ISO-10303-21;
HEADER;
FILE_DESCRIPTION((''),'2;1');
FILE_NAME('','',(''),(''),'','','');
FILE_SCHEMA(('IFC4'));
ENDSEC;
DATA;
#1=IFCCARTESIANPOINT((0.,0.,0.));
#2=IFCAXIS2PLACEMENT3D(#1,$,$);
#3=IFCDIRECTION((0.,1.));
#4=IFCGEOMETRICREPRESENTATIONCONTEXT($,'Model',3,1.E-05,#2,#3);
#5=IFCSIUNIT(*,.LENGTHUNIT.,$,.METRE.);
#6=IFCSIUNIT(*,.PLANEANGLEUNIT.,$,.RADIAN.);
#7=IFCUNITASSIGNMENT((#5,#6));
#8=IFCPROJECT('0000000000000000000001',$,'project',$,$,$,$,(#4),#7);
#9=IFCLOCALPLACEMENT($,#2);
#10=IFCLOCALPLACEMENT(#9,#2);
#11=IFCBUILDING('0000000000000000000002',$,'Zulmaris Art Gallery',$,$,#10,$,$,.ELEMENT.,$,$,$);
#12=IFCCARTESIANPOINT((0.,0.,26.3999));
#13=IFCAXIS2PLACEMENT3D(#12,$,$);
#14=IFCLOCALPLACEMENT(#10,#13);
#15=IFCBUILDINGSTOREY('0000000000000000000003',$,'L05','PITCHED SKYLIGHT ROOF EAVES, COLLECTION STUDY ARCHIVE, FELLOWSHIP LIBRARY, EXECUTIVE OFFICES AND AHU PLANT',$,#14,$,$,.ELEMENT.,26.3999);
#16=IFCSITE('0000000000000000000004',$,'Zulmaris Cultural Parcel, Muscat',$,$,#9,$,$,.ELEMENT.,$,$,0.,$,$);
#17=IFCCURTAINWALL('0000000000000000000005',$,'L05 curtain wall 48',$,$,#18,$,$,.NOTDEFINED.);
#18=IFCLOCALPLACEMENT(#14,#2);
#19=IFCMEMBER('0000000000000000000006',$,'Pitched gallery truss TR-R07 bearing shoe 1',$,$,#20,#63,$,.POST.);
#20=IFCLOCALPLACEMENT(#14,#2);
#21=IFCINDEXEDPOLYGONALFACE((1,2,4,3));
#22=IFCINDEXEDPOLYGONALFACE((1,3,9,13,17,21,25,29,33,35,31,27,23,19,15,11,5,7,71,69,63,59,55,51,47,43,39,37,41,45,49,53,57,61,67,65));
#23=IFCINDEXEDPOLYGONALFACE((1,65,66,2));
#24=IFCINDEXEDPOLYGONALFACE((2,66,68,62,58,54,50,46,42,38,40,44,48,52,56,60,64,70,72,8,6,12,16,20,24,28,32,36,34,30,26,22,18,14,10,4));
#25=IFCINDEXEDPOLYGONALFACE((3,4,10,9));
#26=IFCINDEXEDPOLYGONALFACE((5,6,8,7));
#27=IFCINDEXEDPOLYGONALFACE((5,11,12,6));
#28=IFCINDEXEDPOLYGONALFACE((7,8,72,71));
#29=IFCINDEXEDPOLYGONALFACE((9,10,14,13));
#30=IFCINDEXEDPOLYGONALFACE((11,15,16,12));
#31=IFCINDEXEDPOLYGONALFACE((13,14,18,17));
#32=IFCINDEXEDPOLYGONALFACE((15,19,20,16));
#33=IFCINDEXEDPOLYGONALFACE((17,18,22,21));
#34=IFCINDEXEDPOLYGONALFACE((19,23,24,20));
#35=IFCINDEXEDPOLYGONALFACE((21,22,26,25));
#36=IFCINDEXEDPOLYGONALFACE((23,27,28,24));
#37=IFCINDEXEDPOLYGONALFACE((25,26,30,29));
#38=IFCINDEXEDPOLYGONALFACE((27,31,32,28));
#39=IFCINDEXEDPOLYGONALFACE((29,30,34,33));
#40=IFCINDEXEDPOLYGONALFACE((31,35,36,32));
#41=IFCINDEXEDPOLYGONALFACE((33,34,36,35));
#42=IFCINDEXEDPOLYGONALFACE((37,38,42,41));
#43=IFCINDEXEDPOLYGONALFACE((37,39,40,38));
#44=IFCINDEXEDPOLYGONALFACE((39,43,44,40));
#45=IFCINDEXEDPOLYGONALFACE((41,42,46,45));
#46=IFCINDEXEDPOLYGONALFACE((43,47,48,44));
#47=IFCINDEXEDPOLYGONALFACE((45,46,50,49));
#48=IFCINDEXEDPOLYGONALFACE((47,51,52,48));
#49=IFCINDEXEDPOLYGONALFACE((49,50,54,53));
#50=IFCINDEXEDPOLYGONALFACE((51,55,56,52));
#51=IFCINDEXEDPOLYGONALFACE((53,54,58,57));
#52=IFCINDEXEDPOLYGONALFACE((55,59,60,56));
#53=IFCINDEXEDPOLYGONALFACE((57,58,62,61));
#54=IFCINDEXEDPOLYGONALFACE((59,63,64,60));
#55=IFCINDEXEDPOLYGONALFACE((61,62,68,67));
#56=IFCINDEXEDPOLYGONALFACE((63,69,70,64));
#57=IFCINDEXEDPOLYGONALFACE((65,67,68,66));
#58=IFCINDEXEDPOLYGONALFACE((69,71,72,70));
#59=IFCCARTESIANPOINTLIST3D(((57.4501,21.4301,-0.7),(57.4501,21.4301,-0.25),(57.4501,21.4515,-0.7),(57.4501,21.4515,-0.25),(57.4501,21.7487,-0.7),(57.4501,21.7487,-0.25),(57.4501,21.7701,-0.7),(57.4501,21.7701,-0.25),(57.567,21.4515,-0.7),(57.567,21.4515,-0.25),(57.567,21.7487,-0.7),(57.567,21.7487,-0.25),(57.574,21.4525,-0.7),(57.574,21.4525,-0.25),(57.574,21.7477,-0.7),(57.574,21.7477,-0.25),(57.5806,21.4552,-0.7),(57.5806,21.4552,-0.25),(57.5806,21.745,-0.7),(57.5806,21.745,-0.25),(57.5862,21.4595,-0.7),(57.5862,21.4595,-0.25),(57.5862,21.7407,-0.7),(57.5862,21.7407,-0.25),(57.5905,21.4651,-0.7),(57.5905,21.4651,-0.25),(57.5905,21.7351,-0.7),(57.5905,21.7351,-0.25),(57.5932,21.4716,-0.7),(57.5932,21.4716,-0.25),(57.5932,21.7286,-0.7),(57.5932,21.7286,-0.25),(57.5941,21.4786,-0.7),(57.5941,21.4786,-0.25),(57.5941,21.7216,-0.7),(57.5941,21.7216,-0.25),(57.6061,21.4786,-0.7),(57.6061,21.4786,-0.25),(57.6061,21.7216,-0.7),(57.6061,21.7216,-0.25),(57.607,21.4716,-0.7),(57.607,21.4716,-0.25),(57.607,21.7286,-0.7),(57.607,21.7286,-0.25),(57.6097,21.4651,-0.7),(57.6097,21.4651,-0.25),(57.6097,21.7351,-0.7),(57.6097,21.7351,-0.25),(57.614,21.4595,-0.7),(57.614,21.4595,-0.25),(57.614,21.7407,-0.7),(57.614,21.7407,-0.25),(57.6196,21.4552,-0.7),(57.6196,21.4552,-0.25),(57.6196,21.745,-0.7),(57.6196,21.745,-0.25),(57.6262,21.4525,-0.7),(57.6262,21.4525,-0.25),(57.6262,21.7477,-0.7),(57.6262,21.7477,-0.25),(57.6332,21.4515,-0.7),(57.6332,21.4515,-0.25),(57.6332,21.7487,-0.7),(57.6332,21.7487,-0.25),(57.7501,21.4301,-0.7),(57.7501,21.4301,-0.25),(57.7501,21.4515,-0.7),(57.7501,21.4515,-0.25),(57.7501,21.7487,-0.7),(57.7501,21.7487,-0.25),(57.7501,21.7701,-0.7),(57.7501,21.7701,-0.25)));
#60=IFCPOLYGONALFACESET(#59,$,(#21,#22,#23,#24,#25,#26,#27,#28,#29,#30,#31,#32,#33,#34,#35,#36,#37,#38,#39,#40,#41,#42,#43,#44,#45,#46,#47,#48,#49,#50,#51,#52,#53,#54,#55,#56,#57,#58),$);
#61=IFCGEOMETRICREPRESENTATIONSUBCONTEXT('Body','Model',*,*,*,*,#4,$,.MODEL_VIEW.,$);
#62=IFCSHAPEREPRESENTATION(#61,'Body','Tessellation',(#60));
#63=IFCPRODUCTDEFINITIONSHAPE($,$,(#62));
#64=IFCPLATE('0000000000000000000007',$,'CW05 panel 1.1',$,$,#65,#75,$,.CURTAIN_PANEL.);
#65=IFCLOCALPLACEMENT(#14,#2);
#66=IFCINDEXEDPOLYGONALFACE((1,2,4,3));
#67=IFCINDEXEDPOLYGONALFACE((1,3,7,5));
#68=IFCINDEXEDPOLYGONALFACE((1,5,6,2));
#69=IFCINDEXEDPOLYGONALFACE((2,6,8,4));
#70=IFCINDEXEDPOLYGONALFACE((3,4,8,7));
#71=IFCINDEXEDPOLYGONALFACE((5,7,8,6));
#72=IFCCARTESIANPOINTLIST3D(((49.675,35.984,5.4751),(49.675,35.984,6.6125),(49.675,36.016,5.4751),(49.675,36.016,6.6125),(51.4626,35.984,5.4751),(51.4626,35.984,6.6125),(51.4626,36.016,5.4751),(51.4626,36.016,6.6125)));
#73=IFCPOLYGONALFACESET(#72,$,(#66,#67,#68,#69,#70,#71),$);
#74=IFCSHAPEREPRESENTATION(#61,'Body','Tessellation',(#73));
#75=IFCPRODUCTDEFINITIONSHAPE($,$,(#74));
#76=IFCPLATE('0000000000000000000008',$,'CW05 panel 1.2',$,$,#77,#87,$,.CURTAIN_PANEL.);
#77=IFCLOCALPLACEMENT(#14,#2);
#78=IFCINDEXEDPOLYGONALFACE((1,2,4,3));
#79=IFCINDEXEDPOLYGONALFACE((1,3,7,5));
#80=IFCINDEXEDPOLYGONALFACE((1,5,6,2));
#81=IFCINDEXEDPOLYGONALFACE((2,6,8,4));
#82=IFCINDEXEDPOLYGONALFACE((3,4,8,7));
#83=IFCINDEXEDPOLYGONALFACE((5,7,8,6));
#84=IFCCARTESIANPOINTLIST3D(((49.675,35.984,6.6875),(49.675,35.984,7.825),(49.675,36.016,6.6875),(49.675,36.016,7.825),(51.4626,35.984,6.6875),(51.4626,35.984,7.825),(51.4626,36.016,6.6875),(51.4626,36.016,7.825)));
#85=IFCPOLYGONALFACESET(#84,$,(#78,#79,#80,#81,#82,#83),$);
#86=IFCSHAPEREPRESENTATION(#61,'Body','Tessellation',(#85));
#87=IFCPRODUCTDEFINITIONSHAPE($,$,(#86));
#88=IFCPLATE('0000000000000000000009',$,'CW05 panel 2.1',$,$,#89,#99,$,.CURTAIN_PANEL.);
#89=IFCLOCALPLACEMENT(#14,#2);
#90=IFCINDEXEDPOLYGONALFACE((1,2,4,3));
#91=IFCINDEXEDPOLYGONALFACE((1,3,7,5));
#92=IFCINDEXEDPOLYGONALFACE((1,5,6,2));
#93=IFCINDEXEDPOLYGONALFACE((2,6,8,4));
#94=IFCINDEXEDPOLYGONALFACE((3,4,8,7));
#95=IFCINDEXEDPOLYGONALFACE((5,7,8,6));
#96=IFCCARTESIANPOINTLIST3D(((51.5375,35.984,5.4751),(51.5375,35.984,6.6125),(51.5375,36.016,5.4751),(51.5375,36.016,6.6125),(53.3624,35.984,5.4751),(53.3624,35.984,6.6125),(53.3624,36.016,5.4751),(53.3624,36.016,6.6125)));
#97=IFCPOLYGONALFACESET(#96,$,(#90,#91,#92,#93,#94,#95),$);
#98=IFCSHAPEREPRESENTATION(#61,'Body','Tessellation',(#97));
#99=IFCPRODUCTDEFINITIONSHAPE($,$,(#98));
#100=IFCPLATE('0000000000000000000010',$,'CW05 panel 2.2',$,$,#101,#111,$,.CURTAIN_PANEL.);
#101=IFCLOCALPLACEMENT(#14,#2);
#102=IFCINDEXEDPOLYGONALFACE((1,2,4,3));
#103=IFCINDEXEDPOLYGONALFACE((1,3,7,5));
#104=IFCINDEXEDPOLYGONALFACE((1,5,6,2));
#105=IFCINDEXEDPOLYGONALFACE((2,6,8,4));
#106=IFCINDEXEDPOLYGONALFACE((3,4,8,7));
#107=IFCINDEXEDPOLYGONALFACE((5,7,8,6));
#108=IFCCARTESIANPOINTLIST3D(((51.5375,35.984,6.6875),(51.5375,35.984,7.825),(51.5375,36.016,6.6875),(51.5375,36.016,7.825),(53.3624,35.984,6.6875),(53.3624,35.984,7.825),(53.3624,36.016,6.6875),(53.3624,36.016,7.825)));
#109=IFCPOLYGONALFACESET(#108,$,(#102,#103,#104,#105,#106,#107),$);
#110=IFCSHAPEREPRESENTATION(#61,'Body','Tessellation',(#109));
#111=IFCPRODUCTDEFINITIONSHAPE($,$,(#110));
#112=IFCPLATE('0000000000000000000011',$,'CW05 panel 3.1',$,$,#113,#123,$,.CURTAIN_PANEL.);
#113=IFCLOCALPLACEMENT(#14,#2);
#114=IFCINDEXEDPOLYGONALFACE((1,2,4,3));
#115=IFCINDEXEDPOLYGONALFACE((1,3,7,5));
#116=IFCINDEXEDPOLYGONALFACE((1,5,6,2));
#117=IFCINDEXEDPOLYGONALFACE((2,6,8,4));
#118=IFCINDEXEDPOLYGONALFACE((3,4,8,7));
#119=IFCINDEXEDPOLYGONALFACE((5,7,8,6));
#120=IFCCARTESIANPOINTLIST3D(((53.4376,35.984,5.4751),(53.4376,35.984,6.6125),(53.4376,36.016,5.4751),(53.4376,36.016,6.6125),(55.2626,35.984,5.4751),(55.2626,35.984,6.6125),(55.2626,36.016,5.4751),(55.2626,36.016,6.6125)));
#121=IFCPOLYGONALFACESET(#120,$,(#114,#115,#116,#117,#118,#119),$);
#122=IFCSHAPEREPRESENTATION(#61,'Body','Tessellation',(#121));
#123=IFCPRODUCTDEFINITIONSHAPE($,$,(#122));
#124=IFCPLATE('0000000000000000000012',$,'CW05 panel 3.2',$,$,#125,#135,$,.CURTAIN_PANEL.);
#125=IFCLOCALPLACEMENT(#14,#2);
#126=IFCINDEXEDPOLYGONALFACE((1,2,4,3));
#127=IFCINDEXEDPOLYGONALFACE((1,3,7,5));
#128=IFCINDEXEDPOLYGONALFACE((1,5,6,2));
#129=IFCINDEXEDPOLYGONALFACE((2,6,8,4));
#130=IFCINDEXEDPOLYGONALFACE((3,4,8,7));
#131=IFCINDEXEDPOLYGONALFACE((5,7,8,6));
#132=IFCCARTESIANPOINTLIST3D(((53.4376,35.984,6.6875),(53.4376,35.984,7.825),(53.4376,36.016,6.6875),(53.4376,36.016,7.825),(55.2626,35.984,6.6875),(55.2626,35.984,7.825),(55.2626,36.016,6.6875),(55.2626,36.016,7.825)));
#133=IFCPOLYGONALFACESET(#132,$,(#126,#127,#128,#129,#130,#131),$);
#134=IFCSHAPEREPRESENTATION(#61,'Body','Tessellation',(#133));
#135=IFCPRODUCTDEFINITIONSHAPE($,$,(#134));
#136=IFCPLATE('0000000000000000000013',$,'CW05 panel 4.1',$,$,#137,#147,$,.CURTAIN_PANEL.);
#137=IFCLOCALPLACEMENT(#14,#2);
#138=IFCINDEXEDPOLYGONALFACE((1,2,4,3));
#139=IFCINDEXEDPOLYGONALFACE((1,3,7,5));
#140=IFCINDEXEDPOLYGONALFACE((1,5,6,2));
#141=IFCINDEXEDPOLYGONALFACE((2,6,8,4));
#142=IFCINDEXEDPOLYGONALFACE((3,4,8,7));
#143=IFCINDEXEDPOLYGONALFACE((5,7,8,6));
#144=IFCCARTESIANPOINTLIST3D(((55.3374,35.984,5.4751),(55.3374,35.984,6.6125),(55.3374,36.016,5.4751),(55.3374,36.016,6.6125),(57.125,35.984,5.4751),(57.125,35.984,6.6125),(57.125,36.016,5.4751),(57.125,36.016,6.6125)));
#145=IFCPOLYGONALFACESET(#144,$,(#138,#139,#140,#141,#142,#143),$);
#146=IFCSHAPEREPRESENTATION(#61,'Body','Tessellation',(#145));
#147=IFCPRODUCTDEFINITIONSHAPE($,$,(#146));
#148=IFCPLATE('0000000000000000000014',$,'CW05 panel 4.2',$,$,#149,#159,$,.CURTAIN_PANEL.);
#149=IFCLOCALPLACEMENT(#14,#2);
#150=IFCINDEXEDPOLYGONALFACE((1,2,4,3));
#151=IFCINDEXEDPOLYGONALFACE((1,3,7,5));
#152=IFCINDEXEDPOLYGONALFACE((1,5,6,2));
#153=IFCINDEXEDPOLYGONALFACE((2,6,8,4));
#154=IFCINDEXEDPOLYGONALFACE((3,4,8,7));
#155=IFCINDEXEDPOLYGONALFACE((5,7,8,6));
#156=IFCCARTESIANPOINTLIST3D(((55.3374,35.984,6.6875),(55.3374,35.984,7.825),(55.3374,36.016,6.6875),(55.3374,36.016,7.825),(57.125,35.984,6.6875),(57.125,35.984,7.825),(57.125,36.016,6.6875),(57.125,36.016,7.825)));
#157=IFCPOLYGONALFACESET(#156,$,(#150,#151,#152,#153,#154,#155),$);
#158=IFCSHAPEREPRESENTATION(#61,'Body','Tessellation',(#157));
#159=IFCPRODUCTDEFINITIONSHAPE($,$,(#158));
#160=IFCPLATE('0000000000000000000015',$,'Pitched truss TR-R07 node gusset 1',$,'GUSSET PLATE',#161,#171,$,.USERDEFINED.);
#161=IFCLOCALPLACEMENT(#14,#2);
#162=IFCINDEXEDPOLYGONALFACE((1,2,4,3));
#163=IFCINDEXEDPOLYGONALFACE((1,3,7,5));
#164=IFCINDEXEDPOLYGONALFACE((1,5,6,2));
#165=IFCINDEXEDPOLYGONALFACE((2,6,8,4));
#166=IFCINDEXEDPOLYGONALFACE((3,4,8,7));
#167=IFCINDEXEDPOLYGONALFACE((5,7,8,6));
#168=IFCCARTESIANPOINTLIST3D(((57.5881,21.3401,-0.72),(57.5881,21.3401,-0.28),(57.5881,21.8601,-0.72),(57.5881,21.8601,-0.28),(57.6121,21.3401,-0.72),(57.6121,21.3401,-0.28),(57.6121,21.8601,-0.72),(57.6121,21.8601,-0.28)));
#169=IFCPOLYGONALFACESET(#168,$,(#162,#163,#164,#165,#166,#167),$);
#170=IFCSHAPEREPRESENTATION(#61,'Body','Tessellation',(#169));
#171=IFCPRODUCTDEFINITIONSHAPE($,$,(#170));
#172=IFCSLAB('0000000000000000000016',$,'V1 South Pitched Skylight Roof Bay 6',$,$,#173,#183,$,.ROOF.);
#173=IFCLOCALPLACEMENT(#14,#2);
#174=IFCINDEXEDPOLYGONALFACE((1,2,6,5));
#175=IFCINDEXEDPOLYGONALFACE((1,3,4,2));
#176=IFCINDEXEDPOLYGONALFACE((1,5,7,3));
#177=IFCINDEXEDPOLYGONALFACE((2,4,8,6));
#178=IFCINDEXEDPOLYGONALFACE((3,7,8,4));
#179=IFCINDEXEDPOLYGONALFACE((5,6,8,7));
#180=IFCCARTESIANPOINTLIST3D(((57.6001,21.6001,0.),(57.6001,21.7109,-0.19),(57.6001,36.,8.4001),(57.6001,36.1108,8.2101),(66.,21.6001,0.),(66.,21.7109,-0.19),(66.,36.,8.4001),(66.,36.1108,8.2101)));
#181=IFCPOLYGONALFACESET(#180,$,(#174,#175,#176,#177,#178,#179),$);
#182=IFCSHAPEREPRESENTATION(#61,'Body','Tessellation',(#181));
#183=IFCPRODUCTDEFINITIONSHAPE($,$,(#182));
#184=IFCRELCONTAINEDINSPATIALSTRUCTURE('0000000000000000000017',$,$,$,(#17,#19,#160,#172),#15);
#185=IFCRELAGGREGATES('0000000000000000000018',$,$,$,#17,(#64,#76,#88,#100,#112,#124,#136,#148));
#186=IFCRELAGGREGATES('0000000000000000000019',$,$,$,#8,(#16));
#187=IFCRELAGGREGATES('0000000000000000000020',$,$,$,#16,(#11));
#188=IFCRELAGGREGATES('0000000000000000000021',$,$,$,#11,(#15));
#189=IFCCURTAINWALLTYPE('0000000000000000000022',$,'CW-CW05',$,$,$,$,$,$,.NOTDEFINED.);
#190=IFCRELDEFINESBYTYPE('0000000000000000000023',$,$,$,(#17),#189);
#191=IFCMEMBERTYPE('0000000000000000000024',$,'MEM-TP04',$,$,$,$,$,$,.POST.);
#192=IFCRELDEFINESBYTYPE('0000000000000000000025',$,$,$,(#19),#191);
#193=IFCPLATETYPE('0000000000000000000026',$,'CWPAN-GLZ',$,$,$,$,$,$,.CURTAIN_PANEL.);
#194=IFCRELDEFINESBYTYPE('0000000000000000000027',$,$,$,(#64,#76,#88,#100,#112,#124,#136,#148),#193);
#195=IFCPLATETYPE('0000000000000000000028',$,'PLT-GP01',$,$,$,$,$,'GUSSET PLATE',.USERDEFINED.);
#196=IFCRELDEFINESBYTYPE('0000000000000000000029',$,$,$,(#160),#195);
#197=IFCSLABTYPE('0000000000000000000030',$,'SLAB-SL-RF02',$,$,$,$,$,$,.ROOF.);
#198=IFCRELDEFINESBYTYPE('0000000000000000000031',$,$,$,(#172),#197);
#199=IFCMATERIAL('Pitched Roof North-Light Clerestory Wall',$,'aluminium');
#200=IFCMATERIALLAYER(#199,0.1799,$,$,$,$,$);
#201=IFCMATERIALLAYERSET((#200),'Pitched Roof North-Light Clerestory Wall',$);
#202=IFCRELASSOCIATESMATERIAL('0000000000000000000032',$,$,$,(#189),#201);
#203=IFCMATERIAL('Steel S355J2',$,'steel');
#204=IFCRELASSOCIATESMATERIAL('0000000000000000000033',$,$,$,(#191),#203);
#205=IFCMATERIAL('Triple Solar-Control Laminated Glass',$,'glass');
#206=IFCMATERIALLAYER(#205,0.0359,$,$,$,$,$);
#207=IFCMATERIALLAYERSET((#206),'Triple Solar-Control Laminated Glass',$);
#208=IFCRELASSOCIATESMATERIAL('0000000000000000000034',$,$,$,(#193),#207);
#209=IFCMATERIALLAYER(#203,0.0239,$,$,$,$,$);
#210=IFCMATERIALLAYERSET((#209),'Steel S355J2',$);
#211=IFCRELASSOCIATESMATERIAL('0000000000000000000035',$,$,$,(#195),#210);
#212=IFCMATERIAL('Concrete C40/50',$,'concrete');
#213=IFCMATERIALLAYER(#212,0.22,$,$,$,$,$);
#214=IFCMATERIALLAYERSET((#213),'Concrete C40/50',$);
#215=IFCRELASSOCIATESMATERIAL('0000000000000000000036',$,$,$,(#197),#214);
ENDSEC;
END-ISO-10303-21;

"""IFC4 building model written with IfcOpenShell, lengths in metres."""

from ifc_helpers import new_model, si_unit, direction, frame, origin, origin_2d, place, context, subcontext, project, spatial, polyline, rectangle, i_section, outline, extrude, material, layer, layer_set, material_profile, profile_set, type_object, element, aggregate, save


model = new_model("IFC4")

# Units and contexts
model_context = context("Model", 3, precision=1e-05, world=origin(), true_north=direction((0.0, 1.0)))
body_context = subcontext(model_context, "Body", "Model", "MODEL_VIEW")
ifc_project = project(units=[si_unit("LENGTHUNIT", "METRE"), si_unit("PLANEANGLEUNIT", "RADIAN")], contexts=[model_context])

# Site, building, storey
site_placement = place(None, origin())
site = spatial("IfcSite", under=ifc_project, at=site_placement, Name="Zulmaris Cultural Parcel, Muscat", CompositionType="ELEMENT", RefElevation=0.0)
building_placement = place(site_placement, origin())
building = spatial("IfcBuilding", under=site, at=building_placement, Name="Zulmaris Art Gallery", CompositionType="ELEMENT")
storey_placement = place(building_placement, frame((0.0, 0.0, 26.3999)))
storey = spatial("IfcBuildingStorey", under=building, at=storey_placement, Name="L05", Description="PITCHED SKYLIGHT ROOF EAVES, COLLECTION STUDY ARCHIVE, FELLOWSHIP LIBRARY, EXECUTIVE OFFICES AND AHU PLANT", CompositionType="ELEMENT", Elevation=26.3999)

# Curtain wall
ifc_material_1 = material(Name="Pitched Roof North-Light Clerestory Wall", Category="aluminium")
ifc_layer_1 = layer(ifc_material_1, 0.1799)
ifc_layer_set_1 = layer_set([ifc_layer_1], Name="Pitched Roof North-Light Clerestory Wall")
curtain_wall_type = type_object("IfcCurtainWallType", Name="CW-CW05", PredefinedType="NOTDEFINED", material=ifc_layer_set_1)
curtain_wall_placement = place(storey_placement, origin())
curtain_wall = element("IfcCurtainWall", 1, at=curtain_wall_placement, inside=storey, type_object=curtain_wall_type, Name="L05 curtain wall 48", PredefinedType="NOTDEFINED")

# Member
ifc_material_2 = material(Name="Steel S355J2", Category="steel")
ifc_material_profile_1 = material_profile(ifc_material_2, i_section(OverallWidth=0.3, OverallDepth=0.3401, WebThickness=0.012, FlangeThickness=0.0215, FilletRadius=0.0271, at=origin_2d()), Name="HEB 340")
ifc_profile_set_1 = profile_set([ifc_material_profile_1], Name="Steel S355J2")
member_type_1 = type_object("IfcMemberType", Name="MEM-TP04", PredefinedType="POST", material=ifc_profile_set_1)
member_1_placement = place(storey_placement, frame((57.6001, 21.6001, -0.7), z_axis=(0.0, 0.0, 1.0), x_axis=(1.0, 0.0, 0.0)))
element("IfcMember", 2, at=member_1_placement, inside=storey, type_object=member_type_1, Name="Pitched gallery truss TR-R07 bearing shoe 1", PredefinedType="POST", context=body_context, shape_type="SweptSolid", body=[
    extrude(i_section(OverallWidth=0.3, OverallDepth=0.3401, WebThickness=0.012, FlangeThickness=0.0215, FilletRadius=0.0271, at=origin_2d()), origin(), (0.0, 0.0, 1.0), 0.45),
])

# Plates
ifc_material_3 = material(Name="Triple Solar-Control Laminated Glass", Category="glass")
ifc_layer_2 = layer(ifc_material_3, 0.0359)
ifc_layer_set_2 = layer_set([ifc_layer_2], Name="Triple Solar-Control Laminated Glass")
plate_type_1 = type_object("IfcPlateType", Name="CWPAN-GLZ", PredefinedType="CURTAIN_PANEL", material=ifc_layer_set_2)
plate_1_placement = place(storey_placement, frame((50.5688, 36.0, 5.4751), z_axis=(0.0, 0.0, 1.0), x_axis=(1.0, 0.0, 0.0)))
plate_1 = element("IfcPlate", 3, at=plate_1_placement, type_object=plate_type_1, Name="CW05 panel 1.1", PredefinedType="CURTAIN_PANEL", context=body_context, shape_type="SweptSolid", body=[
    extrude(rectangle(XDim=1.7876, YDim=0.032, at=origin_2d()), origin(), (0.0, 0.0, 1.0), 1.1375),
])
plate_2_placement = place(storey_placement, frame((50.5688, 36.0, 6.6875), z_axis=(0.0, 0.0, 1.0), x_axis=(1.0, 0.0, 0.0)))
plate_2 = element("IfcPlate", 4, at=plate_2_placement, type_object=plate_type_1, Name="CW05 panel 1.2", PredefinedType="CURTAIN_PANEL", context=body_context, shape_type="SweptSolid", body=[
    extrude(rectangle(XDim=1.7876, YDim=0.032, at=origin_2d()), origin(), (0.0, 0.0, 1.0), 1.1375),
])
plate_3_placement = place(storey_placement, frame((52.45, 36.0, 5.4751), z_axis=(0.0, 0.0, 1.0), x_axis=(1.0, 0.0, 0.0)))
plate_3 = element("IfcPlate", 5, at=plate_3_placement, type_object=plate_type_1, Name="CW05 panel 2.1", PredefinedType="CURTAIN_PANEL", context=body_context, shape_type="SweptSolid", body=[
    extrude(rectangle(XDim=1.825, YDim=0.032, at=origin_2d()), origin(), (0.0, 0.0, 1.0), 1.1375),
])
plate_4_placement = place(storey_placement, frame((52.45, 36.0, 6.6875), z_axis=(0.0, 0.0, 1.0), x_axis=(1.0, 0.0, 0.0)))
plate_4 = element("IfcPlate", 6, at=plate_4_placement, type_object=plate_type_1, Name="CW05 panel 2.2", PredefinedType="CURTAIN_PANEL", context=body_context, shape_type="SweptSolid", body=[
    extrude(rectangle(XDim=1.825, YDim=0.032, at=origin_2d()), origin(), (0.0, 0.0, 1.0), 1.1375),
])
plate_5_placement = place(storey_placement, frame((54.3501, 36.0, 5.4751), z_axis=(0.0, 0.0, 1.0), x_axis=(1.0, 0.0, 0.0)))
plate_5 = element("IfcPlate", 7, at=plate_5_placement, type_object=plate_type_1, Name="CW05 panel 3.1", PredefinedType="CURTAIN_PANEL", context=body_context, shape_type="SweptSolid", body=[
    extrude(rectangle(XDim=1.825, YDim=0.032, at=origin_2d()), origin(), (0.0, 0.0, 1.0), 1.1375),
])
plate_6_placement = place(storey_placement, frame((54.3501, 36.0, 6.6875), z_axis=(0.0, 0.0, 1.0), x_axis=(1.0, 0.0, 0.0)))
plate_6 = element("IfcPlate", 8, at=plate_6_placement, type_object=plate_type_1, Name="CW05 panel 3.2", PredefinedType="CURTAIN_PANEL", context=body_context, shape_type="SweptSolid", body=[
    extrude(rectangle(XDim=1.825, YDim=0.032, at=origin_2d()), origin(), (0.0, 0.0, 1.0), 1.1375),
])
plate_7_placement = place(storey_placement, frame((56.2312, 36.0, 5.4751), z_axis=(0.0, 0.0, 1.0), x_axis=(1.0, 0.0, 0.0)))
plate_7 = element("IfcPlate", 9, at=plate_7_placement, type_object=plate_type_1, Name="CW05 panel 4.1", PredefinedType="CURTAIN_PANEL", context=body_context, shape_type="SweptSolid", body=[
    extrude(rectangle(XDim=1.7876, YDim=0.032, at=origin_2d()), origin(), (0.0, 0.0, 1.0), 1.1375),
])
plate_8_placement = place(storey_placement, frame((56.2312, 36.0, 6.6875), z_axis=(0.0, 0.0, 1.0), x_axis=(1.0, 0.0, 0.0)))
plate_8 = element("IfcPlate", 10, at=plate_8_placement, type_object=plate_type_1, Name="CW05 panel 4.2", PredefinedType="CURTAIN_PANEL", context=body_context, shape_type="SweptSolid", body=[
    extrude(rectangle(XDim=1.7876, YDim=0.032, at=origin_2d()), origin(), (0.0, 0.0, 1.0), 1.1375),
])
aggregate(curtain_wall, [plate_1, plate_2, plate_3, plate_4, plate_5, plate_6, plate_7, plate_8])
ifc_layer_3 = layer(ifc_material_2, 0.0239)
ifc_layer_set_3 = layer_set([ifc_layer_3], Name="Steel S355J2")
plate_type_2 = type_object("IfcPlateType", Name="PLT-GP01", ElementType="GUSSET PLATE", PredefinedType="USERDEFINED", material=ifc_layer_set_3)
plate_9_placement = place(storey_placement, frame((57.6001, 21.6001, -0.72), z_axis=(0.0, 0.0, 1.0), x_axis=(1.0, 0.0, 0.0)))
element("IfcPlate", 11, at=plate_9_placement, inside=storey, type_object=plate_type_2, Name="Pitched truss TR-R07 node gusset 1", ObjectType="GUSSET PLATE", PredefinedType="USERDEFINED", context=body_context, shape_type="SweptSolid", body=[
    extrude(rectangle(XDim=0.0239, YDim=0.52, at=origin_2d()), origin(), (0.0, 0.0, 1.0), 0.4399),
])

# Slab
ifc_material_4 = material(Name="Concrete C40/50", Category="concrete")
ifc_layer_4 = layer(ifc_material_4, 0.22)
ifc_layer_set_4 = layer_set([ifc_layer_4], Name="Concrete C40/50")
slab_type = type_object("IfcSlabType", Name="SLAB-SL-RF02", PredefinedType="ROOF", material=ifc_layer_set_4)
slab_placement = place(storey_placement, frame((57.6001, 21.6001, 0.0), z_axis=(0.0, -0.50388, 0.863774), x_axis=(1.0, 0.0, 0.0)))
element("IfcSlab", 12, at=slab_placement, inside=storey, type_object=slab_type, Name="V1 South Pitched Skylight Roof Bay 6", PredefinedType="ROOF", context=body_context, shape_type="SweptSolid", body=[
    extrude(outline(polyline([(0.0, 0.0), (8.3999, 0.0), (8.3999, 16.6709), (0.0, 16.6709), (0.0, 0.0)])), origin(), (0.0, 0.0, -1.0), 0.22),
])

save(model, "model.ifc")
